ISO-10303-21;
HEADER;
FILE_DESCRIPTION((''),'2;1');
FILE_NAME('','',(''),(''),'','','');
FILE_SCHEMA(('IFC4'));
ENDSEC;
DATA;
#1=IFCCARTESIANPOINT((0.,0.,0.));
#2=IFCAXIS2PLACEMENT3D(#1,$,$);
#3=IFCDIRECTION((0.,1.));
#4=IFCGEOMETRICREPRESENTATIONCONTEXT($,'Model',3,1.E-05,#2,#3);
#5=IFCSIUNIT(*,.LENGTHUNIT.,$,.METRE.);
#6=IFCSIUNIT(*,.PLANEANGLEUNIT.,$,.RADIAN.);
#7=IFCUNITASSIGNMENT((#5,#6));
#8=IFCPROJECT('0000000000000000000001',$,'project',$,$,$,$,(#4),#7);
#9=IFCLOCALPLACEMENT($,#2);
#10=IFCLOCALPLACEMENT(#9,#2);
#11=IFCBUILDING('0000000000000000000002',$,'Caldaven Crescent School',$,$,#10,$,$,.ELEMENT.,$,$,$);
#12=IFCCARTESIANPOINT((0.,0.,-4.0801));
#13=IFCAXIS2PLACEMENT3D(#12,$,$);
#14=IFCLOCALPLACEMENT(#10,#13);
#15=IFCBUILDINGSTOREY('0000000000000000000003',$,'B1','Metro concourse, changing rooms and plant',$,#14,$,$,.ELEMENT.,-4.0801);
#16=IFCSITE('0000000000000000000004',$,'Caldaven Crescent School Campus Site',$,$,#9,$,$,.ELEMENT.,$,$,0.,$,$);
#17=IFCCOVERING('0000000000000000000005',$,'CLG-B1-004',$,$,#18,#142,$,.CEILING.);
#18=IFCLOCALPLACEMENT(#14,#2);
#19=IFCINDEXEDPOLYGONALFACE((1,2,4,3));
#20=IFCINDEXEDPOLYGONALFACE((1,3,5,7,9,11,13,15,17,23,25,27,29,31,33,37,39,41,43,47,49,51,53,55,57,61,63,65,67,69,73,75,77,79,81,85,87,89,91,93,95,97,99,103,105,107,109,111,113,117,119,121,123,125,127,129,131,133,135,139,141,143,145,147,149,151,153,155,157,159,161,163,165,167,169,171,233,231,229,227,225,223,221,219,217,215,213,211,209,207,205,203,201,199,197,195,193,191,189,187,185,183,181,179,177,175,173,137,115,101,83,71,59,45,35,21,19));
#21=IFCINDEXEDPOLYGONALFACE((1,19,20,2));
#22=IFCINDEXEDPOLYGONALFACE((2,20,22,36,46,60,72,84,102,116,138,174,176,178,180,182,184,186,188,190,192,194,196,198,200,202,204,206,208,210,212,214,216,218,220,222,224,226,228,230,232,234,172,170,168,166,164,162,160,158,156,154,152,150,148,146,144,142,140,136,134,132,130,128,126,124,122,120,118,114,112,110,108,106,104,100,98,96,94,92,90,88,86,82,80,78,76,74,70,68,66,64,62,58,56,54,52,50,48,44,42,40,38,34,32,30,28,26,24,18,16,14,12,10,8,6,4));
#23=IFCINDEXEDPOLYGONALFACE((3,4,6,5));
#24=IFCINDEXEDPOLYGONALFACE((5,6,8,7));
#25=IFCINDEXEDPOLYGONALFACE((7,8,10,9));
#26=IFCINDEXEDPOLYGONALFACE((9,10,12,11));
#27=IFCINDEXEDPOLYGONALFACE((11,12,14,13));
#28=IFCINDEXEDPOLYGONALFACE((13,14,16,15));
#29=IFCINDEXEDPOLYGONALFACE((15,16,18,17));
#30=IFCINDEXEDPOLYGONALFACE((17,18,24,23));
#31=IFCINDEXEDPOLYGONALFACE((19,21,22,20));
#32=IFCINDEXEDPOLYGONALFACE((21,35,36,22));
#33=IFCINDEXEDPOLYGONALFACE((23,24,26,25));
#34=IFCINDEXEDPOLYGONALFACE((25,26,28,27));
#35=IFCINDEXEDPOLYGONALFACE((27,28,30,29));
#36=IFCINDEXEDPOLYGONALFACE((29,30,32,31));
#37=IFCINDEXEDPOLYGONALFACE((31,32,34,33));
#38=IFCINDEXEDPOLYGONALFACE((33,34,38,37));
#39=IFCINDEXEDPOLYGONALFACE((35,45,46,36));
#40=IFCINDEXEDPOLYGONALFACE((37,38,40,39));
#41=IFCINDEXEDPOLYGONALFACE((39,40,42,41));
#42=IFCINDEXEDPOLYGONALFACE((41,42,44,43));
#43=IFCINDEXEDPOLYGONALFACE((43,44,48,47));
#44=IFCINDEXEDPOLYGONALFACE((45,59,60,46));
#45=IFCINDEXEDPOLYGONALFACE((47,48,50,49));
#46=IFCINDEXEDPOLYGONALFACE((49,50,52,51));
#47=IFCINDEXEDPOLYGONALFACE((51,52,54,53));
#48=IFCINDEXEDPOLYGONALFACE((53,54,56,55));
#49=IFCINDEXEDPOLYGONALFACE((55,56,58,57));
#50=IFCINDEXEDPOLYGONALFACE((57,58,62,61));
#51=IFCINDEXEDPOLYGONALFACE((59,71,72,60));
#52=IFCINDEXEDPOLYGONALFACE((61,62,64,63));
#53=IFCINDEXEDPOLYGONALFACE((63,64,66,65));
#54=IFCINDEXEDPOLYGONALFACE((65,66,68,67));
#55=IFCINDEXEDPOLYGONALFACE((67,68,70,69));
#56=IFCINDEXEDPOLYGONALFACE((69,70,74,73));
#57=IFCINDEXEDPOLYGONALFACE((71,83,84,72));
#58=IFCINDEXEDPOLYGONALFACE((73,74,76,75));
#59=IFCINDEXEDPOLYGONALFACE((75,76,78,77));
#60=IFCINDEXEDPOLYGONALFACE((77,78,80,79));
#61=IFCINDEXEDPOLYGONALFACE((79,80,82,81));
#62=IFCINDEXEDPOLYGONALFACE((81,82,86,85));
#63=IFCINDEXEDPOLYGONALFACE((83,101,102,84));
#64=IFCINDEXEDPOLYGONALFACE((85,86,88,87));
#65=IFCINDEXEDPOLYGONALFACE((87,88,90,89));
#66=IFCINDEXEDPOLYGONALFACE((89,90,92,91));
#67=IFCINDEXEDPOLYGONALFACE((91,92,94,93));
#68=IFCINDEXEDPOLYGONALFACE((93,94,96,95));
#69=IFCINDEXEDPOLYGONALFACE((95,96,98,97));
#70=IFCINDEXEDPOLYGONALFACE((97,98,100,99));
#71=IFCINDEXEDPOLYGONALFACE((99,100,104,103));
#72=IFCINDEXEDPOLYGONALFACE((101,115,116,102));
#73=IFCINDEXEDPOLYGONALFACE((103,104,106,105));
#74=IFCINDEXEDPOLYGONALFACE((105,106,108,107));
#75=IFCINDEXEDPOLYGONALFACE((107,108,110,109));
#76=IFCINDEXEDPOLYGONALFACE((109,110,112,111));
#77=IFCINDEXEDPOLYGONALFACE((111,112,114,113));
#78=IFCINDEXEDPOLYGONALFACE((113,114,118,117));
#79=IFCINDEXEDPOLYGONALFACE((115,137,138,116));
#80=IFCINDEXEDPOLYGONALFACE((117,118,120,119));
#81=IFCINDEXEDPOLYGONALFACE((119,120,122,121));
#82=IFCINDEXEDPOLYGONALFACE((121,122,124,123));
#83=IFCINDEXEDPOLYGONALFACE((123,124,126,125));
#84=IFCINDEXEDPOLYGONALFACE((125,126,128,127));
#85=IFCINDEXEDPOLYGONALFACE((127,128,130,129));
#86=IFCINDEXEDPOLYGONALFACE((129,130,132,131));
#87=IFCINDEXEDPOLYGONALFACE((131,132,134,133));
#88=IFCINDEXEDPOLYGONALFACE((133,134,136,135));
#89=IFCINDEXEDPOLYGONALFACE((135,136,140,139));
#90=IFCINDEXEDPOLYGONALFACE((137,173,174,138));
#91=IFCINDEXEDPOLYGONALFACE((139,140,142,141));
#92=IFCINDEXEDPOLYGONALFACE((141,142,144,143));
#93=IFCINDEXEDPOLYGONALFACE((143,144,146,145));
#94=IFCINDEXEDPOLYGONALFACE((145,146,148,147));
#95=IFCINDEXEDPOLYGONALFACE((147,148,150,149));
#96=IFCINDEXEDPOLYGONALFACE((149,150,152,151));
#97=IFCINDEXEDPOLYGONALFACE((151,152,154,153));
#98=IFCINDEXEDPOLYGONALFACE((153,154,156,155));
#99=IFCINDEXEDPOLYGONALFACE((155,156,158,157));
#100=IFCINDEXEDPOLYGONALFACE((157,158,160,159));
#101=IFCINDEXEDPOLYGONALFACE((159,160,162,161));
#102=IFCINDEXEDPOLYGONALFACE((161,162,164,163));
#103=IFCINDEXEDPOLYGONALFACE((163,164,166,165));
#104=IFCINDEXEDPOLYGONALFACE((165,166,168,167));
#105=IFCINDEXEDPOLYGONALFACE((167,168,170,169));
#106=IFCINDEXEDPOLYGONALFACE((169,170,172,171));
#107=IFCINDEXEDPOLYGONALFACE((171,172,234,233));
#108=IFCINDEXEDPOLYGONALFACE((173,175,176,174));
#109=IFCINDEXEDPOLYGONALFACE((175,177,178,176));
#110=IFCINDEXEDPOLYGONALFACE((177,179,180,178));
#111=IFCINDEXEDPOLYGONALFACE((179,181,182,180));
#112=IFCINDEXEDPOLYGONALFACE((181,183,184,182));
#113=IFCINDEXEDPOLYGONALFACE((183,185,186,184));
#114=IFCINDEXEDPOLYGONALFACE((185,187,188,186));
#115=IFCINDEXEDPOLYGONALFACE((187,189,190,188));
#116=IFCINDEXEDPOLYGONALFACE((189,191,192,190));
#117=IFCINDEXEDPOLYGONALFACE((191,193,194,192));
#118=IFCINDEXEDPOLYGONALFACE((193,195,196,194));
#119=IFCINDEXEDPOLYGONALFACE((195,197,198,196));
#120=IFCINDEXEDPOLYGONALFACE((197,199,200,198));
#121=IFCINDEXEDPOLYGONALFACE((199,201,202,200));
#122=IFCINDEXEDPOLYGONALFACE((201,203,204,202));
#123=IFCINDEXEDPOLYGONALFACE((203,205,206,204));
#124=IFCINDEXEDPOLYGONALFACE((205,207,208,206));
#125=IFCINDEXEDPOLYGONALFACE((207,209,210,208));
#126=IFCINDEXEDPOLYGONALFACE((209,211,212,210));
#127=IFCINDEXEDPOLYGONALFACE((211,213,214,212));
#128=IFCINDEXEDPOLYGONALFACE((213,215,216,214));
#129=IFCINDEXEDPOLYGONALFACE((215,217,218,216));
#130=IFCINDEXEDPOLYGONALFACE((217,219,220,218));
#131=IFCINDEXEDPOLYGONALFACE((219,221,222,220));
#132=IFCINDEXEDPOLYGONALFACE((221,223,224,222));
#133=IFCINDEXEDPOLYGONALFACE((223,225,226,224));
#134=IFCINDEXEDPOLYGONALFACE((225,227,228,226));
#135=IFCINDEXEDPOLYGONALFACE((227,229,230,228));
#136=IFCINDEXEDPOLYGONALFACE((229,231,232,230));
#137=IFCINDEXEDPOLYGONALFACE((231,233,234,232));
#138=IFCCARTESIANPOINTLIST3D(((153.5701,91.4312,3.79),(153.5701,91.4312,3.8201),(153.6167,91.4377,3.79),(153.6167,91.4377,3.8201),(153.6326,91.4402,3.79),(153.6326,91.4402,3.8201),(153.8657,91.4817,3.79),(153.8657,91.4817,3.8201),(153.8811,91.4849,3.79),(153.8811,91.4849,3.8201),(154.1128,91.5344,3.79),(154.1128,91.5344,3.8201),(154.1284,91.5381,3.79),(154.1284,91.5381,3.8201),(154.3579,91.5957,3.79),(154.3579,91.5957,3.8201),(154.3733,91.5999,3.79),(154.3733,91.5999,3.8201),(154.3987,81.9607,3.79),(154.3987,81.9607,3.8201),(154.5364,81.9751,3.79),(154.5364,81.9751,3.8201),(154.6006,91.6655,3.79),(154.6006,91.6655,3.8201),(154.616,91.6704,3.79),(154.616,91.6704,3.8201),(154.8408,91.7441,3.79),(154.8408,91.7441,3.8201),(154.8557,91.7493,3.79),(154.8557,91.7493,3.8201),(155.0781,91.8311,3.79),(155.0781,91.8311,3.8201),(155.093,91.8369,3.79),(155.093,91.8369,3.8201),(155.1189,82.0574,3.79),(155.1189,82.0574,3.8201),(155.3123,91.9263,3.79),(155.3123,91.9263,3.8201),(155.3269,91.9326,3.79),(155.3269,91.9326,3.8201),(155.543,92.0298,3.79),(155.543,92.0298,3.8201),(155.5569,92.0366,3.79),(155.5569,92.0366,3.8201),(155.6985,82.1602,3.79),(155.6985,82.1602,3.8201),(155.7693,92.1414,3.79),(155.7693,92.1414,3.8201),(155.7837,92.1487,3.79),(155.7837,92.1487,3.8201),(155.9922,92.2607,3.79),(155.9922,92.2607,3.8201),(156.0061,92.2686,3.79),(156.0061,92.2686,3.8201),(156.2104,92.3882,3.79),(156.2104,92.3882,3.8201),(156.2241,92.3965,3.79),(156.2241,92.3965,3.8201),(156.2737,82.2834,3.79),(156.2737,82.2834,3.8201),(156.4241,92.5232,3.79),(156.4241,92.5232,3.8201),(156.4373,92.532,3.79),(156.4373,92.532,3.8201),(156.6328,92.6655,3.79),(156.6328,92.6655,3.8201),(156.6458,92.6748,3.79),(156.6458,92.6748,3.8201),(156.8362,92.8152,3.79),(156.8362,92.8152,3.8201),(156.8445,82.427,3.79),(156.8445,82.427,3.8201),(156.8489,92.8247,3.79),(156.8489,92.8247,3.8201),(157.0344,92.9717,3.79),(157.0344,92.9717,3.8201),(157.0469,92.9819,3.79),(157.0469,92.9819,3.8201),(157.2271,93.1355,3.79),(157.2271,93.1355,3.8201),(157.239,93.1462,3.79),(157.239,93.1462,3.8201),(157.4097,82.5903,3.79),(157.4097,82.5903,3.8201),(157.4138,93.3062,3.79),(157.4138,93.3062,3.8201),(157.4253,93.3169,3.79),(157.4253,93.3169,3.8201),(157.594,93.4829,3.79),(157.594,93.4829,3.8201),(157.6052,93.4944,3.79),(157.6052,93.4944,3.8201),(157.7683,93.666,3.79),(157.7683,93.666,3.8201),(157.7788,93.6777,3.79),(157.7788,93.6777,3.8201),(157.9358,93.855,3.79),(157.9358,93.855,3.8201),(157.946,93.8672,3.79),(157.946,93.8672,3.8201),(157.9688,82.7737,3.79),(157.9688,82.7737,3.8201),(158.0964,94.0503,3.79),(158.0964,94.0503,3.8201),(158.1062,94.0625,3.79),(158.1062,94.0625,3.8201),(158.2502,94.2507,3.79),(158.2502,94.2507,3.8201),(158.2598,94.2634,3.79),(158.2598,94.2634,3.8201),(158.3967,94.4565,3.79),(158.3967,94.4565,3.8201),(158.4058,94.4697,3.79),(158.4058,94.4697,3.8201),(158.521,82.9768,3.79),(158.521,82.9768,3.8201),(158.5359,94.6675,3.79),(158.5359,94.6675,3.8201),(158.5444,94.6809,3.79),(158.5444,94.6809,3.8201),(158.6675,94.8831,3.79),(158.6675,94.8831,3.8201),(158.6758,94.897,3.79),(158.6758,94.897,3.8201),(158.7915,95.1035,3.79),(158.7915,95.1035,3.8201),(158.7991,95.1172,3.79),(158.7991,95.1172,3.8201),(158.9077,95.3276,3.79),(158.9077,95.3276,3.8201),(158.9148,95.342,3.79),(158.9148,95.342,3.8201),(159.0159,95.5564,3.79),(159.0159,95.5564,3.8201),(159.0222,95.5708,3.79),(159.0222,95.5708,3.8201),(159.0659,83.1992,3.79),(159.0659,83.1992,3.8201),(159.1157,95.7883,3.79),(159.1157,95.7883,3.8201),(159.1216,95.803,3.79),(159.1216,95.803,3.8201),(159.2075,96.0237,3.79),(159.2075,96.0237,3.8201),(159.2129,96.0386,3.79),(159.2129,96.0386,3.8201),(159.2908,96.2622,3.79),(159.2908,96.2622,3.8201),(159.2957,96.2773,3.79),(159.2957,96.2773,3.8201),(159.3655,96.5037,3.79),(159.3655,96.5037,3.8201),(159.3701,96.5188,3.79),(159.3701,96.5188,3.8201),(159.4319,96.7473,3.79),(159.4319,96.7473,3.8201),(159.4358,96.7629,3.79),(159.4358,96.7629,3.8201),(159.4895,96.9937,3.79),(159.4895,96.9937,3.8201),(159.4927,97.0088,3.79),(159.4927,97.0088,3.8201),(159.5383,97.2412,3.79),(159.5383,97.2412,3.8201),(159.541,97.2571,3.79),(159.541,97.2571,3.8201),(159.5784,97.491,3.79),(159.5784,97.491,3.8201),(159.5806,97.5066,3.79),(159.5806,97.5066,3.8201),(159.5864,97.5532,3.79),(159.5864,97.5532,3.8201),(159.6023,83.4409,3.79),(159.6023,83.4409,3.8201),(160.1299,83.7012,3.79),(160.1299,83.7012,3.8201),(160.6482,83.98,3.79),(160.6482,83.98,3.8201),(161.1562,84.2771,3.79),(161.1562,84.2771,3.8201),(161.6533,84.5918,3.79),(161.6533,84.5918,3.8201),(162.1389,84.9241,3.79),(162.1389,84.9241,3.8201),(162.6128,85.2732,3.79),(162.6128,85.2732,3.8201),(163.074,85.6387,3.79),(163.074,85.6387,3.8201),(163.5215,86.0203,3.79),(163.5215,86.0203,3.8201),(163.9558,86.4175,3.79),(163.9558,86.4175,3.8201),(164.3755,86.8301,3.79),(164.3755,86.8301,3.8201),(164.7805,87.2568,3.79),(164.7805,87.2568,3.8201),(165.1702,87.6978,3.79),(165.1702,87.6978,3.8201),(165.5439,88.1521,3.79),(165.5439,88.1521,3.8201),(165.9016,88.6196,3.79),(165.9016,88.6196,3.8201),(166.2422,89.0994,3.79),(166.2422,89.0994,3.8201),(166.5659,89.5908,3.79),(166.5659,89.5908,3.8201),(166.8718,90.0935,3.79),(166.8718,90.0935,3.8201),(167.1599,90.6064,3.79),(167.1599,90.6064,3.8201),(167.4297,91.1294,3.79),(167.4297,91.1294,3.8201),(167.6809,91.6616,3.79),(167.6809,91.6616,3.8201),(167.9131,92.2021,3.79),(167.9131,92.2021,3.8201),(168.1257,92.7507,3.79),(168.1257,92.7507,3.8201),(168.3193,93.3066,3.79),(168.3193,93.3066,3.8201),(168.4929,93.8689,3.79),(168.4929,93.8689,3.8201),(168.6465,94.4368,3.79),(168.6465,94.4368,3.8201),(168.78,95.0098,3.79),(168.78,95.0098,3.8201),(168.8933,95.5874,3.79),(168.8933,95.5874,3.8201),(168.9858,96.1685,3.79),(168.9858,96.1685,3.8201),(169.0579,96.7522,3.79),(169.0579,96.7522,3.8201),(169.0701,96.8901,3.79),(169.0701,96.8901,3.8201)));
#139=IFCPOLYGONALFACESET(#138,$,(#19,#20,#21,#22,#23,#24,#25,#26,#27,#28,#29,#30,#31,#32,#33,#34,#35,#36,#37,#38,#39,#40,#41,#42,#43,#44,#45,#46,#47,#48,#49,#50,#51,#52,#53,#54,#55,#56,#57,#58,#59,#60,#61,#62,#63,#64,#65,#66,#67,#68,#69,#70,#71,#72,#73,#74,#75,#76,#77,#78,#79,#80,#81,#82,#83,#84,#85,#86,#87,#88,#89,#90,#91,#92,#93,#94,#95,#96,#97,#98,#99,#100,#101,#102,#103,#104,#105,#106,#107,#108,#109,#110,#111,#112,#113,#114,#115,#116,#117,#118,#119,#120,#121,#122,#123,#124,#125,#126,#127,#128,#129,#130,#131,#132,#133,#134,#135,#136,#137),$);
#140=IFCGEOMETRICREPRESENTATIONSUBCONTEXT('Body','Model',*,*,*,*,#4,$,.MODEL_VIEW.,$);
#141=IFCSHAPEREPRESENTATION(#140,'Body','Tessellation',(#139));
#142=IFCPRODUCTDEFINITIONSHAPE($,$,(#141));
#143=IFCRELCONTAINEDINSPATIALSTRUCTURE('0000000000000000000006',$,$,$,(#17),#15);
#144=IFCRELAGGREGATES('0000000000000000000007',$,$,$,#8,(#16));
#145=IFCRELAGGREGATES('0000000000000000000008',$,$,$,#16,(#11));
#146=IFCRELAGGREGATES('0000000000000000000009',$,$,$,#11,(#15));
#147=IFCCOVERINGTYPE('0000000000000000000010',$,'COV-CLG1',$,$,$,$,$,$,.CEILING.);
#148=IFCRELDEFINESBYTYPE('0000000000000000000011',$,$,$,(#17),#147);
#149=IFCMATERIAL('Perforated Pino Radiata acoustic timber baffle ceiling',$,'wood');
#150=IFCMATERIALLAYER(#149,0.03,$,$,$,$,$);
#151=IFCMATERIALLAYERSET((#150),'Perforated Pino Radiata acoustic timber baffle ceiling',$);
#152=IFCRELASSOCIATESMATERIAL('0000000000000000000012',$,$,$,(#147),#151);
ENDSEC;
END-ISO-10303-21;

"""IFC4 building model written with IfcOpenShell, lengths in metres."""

from ifc_helpers import new_model, si_unit, direction, frame, origin, place, context, subcontext, project, spatial, polyline, outline, extrude, material, layer, layer_set, type_object, element, save


model = new_model("IFC4")

# Units and contexts
model_context = context("Model", 3, precision=1e-05, world=origin(), true_north=direction((0.0, 1.0)))
body_context = subcontext(model_context, "Body", "Model", "MODEL_VIEW")
ifc_project = project(units=[si_unit("LENGTHUNIT", "METRE"), si_unit("PLANEANGLEUNIT", "RADIAN")], contexts=[model_context])

# Site, building, storey
site_placement = place(None, origin())
site = spatial("IfcSite", under=ifc_project, at=site_placement, Name="Caldaven Crescent School Campus Site", CompositionType="ELEMENT", RefElevation=0.0)
building_placement = place(site_placement, origin())
building = spatial("IfcBuilding", under=site, at=building_placement, Name="Caldaven Crescent School", CompositionType="ELEMENT")
storey_placement = place(building_placement, frame((0.0, 0.0, -4.0801)))
storey = spatial("IfcBuildingStorey", under=building, at=storey_placement, Name="B1", Description="Metro concourse, changing rooms and plant", CompositionType="ELEMENT", Elevation=-4.0801)

# Covering
ifc_material = material(Name="Perforated Pino Radiata acoustic timber baffle ceiling", Category="wood")
ifc_layer_1 = layer(ifc_material, 0.03)
ifc_layer_set_1 = layer_set([ifc_layer_1], Name="Perforated Pino Radiata acoustic timber baffle ceiling")
covering_type_1 = type_object("IfcCoveringType", Name="COV-CLG1", PredefinedType="CEILING", material=ifc_layer_set_1)
covering_1_placement = place(storey_placement, frame((0.0, 0.0, 3.79)))
element("IfcCovering", 1, at=covering_1_placement, inside=storey, type_object=covering_type_1, Name="CLG-B1-004", PredefinedType="CEILING", context=body_context, shape_type="SweptSolid", body=[
    extrude(outline(polyline([(153.6167, 91.4377), (153.6326, 91.4402), (153.8657, 91.4817), (153.8811, 91.4849), (154.1128, 91.5344), (154.1284, 91.5381), (154.3579, 91.5957), (154.3733, 91.5999), (154.6006, 91.6655), (154.616, 91.6704), (154.8408, 91.7441), (154.8557, 91.7493), (155.0781, 91.8311), (155.093, 91.8369), (155.3123, 91.9263), (155.3269, 91.9326), (155.543, 92.0298), (155.5569, 92.0366), (155.7693, 92.1414), (155.7837, 92.1487), (155.9922, 92.2607), (156.0061, 92.2686), (156.2104, 92.3882), (156.2241, 92.3965), (156.4241, 92.5232), (156.4373, 92.532), (156.6328, 92.6655), (156.6458, 92.6748), (156.8362, 92.8152), (156.8489, 92.8247), (157.0344, 92.9717), (157.0469, 92.9819), (157.2271, 93.1355), (157.239, 93.1462), (157.4138, 93.3062), (157.4253, 93.3169), (157.594, 93.4829), (157.6052, 93.4944), (157.7683, 93.666), (157.7788, 93.6777), (157.9358, 93.855), (157.946, 93.8672), (158.0964, 94.0503), (158.1062, 94.0625), (158.2502, 94.2507), (158.2598, 94.2634), (158.3967, 94.4565), (158.4058, 94.4697), (158.5359, 94.6675), (158.5444, 94.6809), (158.6675, 94.8831), (158.6758, 94.897), (158.7915, 95.1035), (158.7991, 95.1172), (158.9077, 95.3276), (158.9148, 95.342), (159.0159, 95.5564), (159.0222, 95.5708), (159.1157, 95.7883), (159.1216, 95.803), (159.2075, 96.0237), (159.2129, 96.0386), (159.2908, 96.2622), (159.2957, 96.2773), (159.3655, 96.5037), (159.3701, 96.5188), (159.4319, 96.7473), (159.4358, 96.7629), (159.4895, 96.9937), (159.4927, 97.0088), (159.5383, 97.2412), (159.541, 97.2571), (159.5784, 97.491), (159.5806, 97.5066), (159.5864, 97.5532), (169.0701, 96.8901), (169.0579, 96.7522), (168.9858, 96.1685), (168.8933, 95.5874), (168.78, 95.0098), (168.6465, 94.4368), (168.4929, 93.8689), (168.3193, 93.3066), (168.1257, 92.7507), (167.9131, 92.2021), (167.6809, 91.6616), (167.4297, 91.1294), (167.1599, 90.6064), (166.8718, 90.0935), (166.5659, 89.5908), (166.2422, 89.0994), (165.9016, 88.6196), (165.5439, 88.1521), (165.1702, 87.6978), (164.7805, 87.2568), (164.3755, 86.8301), (163.9558, 86.4175), (163.5215, 86.0203), (163.074, 85.6387), (162.6128, 85.2732), (162.1389, 84.9241), (161.6533, 84.5918), (161.1562, 84.2771), (160.6482, 83.98), (160.1299, 83.7012), (159.6023, 83.4409), (159.0659, 83.1992), (158.521, 82.9768), (157.9688, 82.7737), (157.4097, 82.5903), (156.8445, 82.427), (156.2737, 82.2834), (155.6985, 82.1602), (155.1189, 82.0574), (154.5364, 81.9751), (154.3987, 81.9607), (153.5701, 91.4312), (153.6167, 91.4377)])), origin(), (0.0, 0.0, 1.0), 0.03),
])

save(model, "model.ifc")
